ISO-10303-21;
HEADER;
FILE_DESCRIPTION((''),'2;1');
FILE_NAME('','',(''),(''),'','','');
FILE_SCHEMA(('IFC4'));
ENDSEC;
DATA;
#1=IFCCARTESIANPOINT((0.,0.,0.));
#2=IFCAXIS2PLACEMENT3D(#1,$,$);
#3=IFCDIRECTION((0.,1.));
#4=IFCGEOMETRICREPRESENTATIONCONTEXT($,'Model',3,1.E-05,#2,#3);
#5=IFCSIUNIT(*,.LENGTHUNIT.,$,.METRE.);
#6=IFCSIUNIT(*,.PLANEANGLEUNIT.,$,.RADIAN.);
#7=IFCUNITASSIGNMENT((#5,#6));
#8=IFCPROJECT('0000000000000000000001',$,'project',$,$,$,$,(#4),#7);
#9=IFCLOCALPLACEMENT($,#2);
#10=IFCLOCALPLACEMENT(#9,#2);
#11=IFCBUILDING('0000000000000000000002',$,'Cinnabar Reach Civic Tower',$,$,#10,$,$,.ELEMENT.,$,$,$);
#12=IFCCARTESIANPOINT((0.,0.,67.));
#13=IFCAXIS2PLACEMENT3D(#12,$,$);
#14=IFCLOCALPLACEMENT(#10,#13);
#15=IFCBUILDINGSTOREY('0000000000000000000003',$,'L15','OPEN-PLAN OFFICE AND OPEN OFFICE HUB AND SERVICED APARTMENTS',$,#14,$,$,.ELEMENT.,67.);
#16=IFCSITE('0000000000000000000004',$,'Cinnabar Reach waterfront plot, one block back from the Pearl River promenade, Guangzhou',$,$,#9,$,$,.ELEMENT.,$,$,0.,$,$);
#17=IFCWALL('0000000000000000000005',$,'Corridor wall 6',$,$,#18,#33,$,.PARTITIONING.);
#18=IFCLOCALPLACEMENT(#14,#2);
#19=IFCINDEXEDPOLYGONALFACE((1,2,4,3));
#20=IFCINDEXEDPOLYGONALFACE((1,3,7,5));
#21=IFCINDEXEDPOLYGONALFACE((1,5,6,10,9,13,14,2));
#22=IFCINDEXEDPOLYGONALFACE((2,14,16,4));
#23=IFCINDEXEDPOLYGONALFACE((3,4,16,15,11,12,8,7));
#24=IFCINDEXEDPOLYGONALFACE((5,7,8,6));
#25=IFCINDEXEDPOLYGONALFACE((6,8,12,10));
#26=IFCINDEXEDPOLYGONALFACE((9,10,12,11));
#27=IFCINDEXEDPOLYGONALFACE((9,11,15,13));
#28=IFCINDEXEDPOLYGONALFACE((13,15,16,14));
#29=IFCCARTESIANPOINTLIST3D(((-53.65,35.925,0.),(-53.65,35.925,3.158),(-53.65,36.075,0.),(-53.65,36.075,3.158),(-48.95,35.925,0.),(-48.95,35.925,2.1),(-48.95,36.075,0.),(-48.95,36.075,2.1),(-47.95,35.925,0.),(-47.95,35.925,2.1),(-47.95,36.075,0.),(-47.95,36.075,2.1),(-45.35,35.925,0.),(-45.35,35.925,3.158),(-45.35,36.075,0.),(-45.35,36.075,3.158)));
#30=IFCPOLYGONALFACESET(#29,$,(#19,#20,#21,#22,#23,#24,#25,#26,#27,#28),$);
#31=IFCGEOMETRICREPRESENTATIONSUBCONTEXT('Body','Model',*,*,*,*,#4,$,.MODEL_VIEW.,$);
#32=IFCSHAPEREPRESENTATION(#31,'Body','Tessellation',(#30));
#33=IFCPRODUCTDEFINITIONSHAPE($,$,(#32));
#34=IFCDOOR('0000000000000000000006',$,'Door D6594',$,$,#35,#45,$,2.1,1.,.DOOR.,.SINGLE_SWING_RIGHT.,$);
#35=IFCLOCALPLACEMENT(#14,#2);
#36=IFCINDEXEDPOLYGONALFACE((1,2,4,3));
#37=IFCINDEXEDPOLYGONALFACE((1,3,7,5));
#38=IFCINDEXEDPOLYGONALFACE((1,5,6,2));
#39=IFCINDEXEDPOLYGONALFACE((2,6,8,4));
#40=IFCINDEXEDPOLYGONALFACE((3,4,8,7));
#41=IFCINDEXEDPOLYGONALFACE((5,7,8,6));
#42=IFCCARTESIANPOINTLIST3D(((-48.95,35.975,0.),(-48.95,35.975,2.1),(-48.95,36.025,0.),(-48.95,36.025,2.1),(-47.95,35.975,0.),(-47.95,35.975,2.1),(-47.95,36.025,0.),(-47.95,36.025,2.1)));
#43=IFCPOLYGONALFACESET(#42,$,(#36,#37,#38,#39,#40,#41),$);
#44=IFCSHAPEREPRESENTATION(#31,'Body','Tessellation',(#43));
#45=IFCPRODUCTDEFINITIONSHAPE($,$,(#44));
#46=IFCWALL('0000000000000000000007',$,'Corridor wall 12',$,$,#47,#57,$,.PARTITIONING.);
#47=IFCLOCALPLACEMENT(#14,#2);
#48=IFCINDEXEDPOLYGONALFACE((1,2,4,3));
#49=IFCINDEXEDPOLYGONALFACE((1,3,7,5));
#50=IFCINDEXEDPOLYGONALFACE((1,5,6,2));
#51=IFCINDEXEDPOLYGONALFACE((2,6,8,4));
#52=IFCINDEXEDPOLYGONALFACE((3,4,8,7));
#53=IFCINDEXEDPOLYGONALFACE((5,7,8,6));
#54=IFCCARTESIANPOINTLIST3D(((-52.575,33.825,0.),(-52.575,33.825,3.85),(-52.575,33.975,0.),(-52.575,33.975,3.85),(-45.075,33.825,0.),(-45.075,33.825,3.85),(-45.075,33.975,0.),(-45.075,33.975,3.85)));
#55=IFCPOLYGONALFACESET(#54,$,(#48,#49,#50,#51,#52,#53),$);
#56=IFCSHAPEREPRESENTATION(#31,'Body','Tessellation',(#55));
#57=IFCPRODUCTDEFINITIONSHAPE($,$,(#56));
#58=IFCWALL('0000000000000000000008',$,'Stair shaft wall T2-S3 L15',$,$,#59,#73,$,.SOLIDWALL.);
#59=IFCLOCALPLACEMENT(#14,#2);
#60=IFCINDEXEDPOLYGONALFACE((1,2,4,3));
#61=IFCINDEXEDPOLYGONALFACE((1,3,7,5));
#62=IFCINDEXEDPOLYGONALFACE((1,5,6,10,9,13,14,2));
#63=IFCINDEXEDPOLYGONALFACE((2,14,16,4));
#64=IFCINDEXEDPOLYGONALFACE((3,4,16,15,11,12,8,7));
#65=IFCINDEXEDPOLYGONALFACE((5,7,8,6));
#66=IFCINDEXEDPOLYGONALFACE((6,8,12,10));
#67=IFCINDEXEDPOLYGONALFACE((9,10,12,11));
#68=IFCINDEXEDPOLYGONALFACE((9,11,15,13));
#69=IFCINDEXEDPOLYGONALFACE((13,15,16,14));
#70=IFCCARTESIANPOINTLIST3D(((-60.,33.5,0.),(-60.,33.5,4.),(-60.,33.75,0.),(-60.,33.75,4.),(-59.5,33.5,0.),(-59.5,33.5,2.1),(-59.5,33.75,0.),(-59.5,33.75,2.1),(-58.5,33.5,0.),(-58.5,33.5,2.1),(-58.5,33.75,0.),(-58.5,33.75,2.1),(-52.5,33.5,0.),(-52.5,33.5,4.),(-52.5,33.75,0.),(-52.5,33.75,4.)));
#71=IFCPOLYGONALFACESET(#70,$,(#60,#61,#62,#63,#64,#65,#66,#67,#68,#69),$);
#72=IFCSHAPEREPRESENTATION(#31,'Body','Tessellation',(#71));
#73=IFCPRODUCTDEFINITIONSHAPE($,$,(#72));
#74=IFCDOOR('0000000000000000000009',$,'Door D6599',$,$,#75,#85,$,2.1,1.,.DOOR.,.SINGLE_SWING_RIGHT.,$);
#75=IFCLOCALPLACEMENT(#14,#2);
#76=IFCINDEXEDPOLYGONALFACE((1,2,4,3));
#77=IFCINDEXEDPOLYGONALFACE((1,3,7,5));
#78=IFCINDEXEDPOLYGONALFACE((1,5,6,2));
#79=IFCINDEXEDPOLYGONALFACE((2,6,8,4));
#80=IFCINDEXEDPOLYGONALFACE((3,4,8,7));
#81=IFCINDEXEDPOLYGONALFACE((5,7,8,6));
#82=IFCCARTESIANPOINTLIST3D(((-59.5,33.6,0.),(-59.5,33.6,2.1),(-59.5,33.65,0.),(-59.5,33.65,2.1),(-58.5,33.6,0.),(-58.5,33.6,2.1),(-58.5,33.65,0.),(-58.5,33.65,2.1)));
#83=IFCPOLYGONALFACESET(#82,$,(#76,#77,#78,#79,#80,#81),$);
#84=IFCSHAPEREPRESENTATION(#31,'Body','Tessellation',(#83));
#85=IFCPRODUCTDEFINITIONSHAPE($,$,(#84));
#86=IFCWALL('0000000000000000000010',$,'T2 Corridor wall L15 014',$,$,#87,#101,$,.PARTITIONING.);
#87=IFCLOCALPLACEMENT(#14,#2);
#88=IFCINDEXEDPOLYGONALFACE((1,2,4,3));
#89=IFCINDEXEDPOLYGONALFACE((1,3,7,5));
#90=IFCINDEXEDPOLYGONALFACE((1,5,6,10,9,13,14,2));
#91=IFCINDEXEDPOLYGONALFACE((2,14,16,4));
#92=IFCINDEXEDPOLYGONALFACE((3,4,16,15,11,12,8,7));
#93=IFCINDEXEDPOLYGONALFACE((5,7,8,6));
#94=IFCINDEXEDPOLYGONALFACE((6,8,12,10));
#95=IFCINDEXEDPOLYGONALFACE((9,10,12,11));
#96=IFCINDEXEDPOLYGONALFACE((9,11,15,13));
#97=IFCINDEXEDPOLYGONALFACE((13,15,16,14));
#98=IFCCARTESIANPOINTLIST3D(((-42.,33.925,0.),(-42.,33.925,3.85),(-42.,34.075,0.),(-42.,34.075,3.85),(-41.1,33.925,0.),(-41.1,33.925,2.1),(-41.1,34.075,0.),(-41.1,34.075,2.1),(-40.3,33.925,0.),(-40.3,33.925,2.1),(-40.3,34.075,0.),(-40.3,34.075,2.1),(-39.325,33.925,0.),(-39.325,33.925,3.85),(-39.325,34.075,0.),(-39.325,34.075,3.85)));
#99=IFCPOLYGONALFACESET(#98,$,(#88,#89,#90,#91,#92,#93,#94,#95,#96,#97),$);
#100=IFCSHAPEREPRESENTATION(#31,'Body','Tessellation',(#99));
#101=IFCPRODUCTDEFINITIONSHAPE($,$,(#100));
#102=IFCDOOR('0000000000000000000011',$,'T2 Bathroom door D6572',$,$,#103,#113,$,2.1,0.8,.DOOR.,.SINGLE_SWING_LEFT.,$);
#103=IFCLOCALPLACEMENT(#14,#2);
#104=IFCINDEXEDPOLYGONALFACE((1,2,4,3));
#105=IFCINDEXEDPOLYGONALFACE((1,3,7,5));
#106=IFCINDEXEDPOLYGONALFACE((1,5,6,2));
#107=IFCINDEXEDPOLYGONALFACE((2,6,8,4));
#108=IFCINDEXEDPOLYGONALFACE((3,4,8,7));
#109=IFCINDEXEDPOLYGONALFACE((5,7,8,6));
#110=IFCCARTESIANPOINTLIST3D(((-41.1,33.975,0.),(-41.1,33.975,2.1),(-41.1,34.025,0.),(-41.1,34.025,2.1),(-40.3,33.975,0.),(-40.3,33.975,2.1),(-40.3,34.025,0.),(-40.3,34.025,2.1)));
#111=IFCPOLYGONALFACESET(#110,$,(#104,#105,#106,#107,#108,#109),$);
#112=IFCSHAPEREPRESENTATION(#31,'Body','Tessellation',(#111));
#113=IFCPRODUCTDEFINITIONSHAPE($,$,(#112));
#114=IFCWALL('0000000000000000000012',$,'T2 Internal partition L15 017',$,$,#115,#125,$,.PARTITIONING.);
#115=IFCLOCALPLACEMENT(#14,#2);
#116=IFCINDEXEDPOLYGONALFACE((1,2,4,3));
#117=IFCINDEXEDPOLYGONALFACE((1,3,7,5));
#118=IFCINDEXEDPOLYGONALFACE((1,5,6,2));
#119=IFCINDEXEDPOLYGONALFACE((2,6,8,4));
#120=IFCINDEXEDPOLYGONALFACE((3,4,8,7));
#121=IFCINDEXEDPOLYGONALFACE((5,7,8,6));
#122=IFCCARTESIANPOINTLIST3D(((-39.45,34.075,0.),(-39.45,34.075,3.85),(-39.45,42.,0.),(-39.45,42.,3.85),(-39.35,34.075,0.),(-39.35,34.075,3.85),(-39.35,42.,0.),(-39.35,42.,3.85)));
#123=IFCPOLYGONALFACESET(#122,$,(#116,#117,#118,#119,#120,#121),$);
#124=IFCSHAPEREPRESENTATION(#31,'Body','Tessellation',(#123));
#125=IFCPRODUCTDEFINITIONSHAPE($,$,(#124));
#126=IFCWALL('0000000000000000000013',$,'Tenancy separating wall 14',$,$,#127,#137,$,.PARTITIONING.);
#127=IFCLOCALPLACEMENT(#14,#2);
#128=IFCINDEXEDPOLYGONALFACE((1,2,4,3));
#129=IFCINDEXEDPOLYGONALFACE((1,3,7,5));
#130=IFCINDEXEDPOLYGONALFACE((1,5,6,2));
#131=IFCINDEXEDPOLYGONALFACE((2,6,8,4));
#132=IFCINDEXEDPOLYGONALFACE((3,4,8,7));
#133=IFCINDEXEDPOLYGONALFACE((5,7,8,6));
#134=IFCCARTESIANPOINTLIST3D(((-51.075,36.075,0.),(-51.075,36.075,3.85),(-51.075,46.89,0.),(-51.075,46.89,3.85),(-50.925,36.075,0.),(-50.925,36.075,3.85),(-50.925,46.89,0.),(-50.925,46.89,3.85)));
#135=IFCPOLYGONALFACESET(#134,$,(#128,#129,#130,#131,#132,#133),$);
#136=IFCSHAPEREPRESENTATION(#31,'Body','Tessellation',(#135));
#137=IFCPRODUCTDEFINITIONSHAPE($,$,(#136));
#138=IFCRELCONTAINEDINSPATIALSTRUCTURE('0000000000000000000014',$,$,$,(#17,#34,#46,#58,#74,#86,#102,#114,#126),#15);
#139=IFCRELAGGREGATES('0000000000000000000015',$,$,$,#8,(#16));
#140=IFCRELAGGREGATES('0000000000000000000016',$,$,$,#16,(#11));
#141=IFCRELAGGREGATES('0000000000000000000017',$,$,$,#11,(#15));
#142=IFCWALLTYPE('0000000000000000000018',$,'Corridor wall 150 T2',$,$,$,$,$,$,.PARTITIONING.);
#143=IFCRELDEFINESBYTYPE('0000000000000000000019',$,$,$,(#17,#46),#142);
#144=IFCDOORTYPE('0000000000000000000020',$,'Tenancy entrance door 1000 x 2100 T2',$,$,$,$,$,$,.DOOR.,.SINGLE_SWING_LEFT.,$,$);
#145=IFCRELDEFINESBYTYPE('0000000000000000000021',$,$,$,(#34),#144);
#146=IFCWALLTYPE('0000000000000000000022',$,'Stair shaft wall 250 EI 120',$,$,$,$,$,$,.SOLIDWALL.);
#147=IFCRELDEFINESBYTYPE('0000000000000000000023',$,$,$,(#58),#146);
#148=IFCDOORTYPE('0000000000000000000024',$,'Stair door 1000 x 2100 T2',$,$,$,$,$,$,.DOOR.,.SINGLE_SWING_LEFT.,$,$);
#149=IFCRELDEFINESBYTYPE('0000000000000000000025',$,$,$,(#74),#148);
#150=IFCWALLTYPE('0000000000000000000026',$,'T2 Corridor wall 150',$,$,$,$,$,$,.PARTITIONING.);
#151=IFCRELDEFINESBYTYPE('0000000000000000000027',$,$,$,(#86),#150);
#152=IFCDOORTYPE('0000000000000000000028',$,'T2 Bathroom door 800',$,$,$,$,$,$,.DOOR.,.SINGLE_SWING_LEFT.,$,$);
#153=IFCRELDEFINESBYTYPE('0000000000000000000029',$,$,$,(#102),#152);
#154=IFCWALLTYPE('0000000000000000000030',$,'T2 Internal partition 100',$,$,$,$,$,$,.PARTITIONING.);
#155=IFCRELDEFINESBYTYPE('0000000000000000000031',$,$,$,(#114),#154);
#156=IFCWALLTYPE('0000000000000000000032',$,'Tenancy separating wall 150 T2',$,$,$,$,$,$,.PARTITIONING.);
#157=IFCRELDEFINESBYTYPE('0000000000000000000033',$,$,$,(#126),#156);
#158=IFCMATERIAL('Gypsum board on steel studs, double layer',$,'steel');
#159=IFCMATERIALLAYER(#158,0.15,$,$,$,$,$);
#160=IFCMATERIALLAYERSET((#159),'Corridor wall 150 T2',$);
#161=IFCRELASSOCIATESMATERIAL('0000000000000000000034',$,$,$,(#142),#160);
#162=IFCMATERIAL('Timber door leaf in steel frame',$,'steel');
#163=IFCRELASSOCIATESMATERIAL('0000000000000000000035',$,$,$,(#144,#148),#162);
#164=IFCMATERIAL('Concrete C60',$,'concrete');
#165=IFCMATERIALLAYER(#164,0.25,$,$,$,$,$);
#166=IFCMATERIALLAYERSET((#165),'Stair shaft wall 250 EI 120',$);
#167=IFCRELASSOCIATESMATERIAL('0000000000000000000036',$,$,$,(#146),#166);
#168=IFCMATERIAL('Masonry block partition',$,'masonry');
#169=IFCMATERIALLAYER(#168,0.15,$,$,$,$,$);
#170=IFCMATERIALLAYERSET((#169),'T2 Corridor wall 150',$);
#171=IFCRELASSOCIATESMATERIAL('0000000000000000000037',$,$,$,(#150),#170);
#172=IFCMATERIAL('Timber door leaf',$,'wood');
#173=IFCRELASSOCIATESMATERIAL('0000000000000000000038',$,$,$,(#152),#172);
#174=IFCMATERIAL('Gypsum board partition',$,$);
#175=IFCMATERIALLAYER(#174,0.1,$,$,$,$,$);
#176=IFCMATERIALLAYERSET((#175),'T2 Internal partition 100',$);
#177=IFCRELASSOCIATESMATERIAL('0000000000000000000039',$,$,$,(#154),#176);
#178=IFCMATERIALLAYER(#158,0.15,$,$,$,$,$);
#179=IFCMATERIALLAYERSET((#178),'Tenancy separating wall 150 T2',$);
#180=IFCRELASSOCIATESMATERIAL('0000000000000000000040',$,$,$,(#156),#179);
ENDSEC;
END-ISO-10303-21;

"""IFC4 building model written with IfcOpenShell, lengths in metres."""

from ifc_helpers import new_model, si_unit, direction, frame, frame_2d, origin, place, context, subcontext, project, spatial, rectangle, extrude, material, layer, layer_set, type_object, element, fill, save


model = new_model("IFC4")

# Units and contexts
model_context = context("Model", 3, precision=1e-05, world=origin(), true_north=direction((0.0, 1.0)))
body_context = subcontext(model_context, "Body", "Model", "MODEL_VIEW")
ifc_project = project(units=[si_unit("LENGTHUNIT", "METRE"), si_unit("PLANEANGLEUNIT", "RADIAN")], contexts=[model_context])

# Site, building, storey
site_placement = place(None, origin())
site = spatial("IfcSite", under=ifc_project, at=site_placement, Name="Cinnabar Reach waterfront plot, one block back from the Pearl River promenade, Guangzhou", CompositionType="ELEMENT", RefElevation=0.0)
building_placement = place(site_placement, origin())
building = spatial("IfcBuilding", under=site, at=building_placement, Name="Cinnabar Reach Civic Tower", CompositionType="ELEMENT")
storey_placement = place(building_placement, frame((0.0, 0.0, 67.0)))
storey = spatial("IfcBuildingStorey", under=building, at=storey_placement, Name="L15", Description="OPEN-PLAN OFFICE AND OPEN OFFICE HUB AND SERVICED APARTMENTS", CompositionType="ELEMENT", Elevation=67.0)

# Shared definitions
ifc_material_1 = material(Name="Concrete C60", Category="concrete")

# Wall, opening, door
ifc_material_2 = material(Name="Gypsum board on steel studs, double layer", Category="steel")
ifc_layer_1 = layer(ifc_material_2, 0.15)
ifc_layer_set_1 = layer_set([ifc_layer_1], Name="Corridor wall 150 T2")
wall_type_1 = type_object("IfcWallType", Name="Corridor wall 150 T2", PredefinedType="PARTITIONING", material=ifc_layer_set_1)
ifc_material_3 = material(Name="Timber door leaf in steel frame", Category="steel")
wall_1_placement = place(storey_placement, frame((-53.65, 36.0, 0.0), z_axis=(0.0, 0.0, 1.0), x_axis=(1.0, 0.0, 0.0)))
wall_1 = element("IfcWall", 1, at=wall_1_placement, inside=storey, type_object=wall_type_1, Name="Corridor wall 6", PredefinedType="PARTITIONING", context=body_context, shape_type="SweptSolid", body=[
    extrude(rectangle(XDim=8.3, YDim=0.15, at=frame_2d((4.15, 0.0))), origin(), (0.0, 0.0, 1.0), 3.158),
])
opening_1_placement = place(wall_1_placement, frame((4.7, 0.0, 0.0)))
opening_1 = element("IfcOpeningElement", 2, at=opening_1_placement, cuts=wall_1, PredefinedType="OPENING", context=body_context, shape_type="SweptSolid", body=[
    extrude(rectangle(XDim=1.0, YDim=2.1, at=frame_2d((0.5, 1.05))), frame((0.0, 0.085, 0.0), z_axis=(0.0, -1.0, 0.0), x_axis=(1.0, 0.0, 0.0)), (0.0, 0.0, 1.0), 0.17),
])
door_type_1 = type_object("IfcDoorType", Name="Tenancy entrance door 1000 x 2100 T2", OperationType="SINGLE_SWING_LEFT", PredefinedType="DOOR", material=ifc_material_3)
door_1_placement = place(opening_1_placement, origin())
door_1 = element("IfcDoor", 3, at=door_1_placement, inside=storey, type_object=door_type_1, Name="Door D6594", OperationType="SINGLE_SWING_RIGHT", OverallHeight=2.1, OverallWidth=1.0, PredefinedType="DOOR", context=body_context, shape_type="SweptSolid", body=[
    extrude(rectangle(XDim=1.0, YDim=2.1, at=frame_2d((0.5, 1.05))), frame((0.0, 0.025, 0.0), z_axis=(0.0, -1.0, 0.0), x_axis=(1.0, 0.0, 0.0)), (0.0, 0.0, 1.0), 0.05),
])
fill(opening_1, door_1)

# Wall
wall_2_placement = place(storey_placement, frame((-52.575, 33.9, 0.0), z_axis=(0.0, 0.0, 1.0), x_axis=(1.0, 0.0, 0.0)))
element("IfcWall", 4, at=wall_2_placement, inside=storey, type_object=wall_type_1, Name="Corridor wall 12", PredefinedType="PARTITIONING", context=body_context, shape_type="SweptSolid", body=[
    extrude(rectangle(XDim=7.5, YDim=0.15, at=frame_2d((3.75, 0.0))), origin(), (0.0, 0.0, 1.0), 3.85),
])

# Walls, openings, doors
ifc_layer_2 = layer(ifc_material_1, 0.25)
ifc_layer_set_2 = layer_set([ifc_layer_2], Name="Stair shaft wall 250 EI 120")
wall_type_2 = type_object("IfcWallType", Name="Stair shaft wall 250 EI 120", PredefinedType="SOLIDWALL", material=ifc_layer_set_2)
wall_3_placement = place(storey_placement, frame((-52.5, 33.625, 0.0), z_axis=(0.0, 0.0, 1.0), x_axis=(-1.0, 0.0, 0.0)))
wall_3 = element("IfcWall", 5, at=wall_3_placement, inside=storey, type_object=wall_type_2, Name="Stair shaft wall T2-S3 L15", PredefinedType="SOLIDWALL", context=body_context, shape_type="SweptSolid", body=[
    extrude(rectangle(XDim=7.5, YDim=0.25, at=frame_2d((3.75, 0.0))), origin(), (0.0, 0.0, 1.0), 4.0),
])
opening_2_placement = place(wall_3_placement, frame((6.0, 0.0, 0.0)))
opening_2 = element("IfcOpeningElement", 6, at=opening_2_placement, cuts=wall_3, PredefinedType="OPENING", context=body_context, shape_type="SweptSolid", body=[
    extrude(rectangle(XDim=1.0, YDim=2.1, at=frame_2d((0.5, 1.05))), frame((0.0, 0.135, 0.0), z_axis=(0.0, -1.0, 0.0), x_axis=(1.0, 0.0, 0.0)), (0.0, 0.0, 1.0), 0.27),
])
door_type_2 = type_object("IfcDoorType", Name="Stair door 1000 x 2100 T2", OperationType="SINGLE_SWING_LEFT", PredefinedType="DOOR", material=ifc_material_3)
door_2_placement = place(opening_2_placement, origin())
door_2 = element("IfcDoor", 7, at=door_2_placement, inside=storey, type_object=door_type_2, Name="Door D6599", OperationType="SINGLE_SWING_RIGHT", OverallHeight=2.1, OverallWidth=1.0, PredefinedType="DOOR", context=body_context, shape_type="SweptSolid", body=[
    extrude(rectangle(XDim=1.0, YDim=2.1, at=frame_2d((0.5, 1.05))), frame((0.0, 0.025, 0.0), z_axis=(0.0, -1.0, 0.0), x_axis=(1.0, 0.0, 0.0)), (0.0, 0.0, 1.0), 0.05),
])
fill(opening_2, door_2)
ifc_material_4 = material(Name="Masonry block partition", Category="masonry")
ifc_layer_3 = layer(ifc_material_4, 0.15)
ifc_layer_set_3 = layer_set([ifc_layer_3], Name="T2 Corridor wall 150")
wall_type_3 = type_object("IfcWallType", Name="T2 Corridor wall 150", PredefinedType="PARTITIONING", material=ifc_layer_set_3)
wall_4_placement = place(storey_placement, frame((-39.325, 34.0, 0.0), z_axis=(0.0, 0.0, 1.0), x_axis=(-1.0, 0.0, 0.0)))
wall_4 = element("IfcWall", 8, at=wall_4_placement, inside=storey, type_object=wall_type_3, Name="T2 Corridor wall L15 014", PredefinedType="PARTITIONING", context=body_context, shape_type="SweptSolid", body=[
    extrude(rectangle(XDim=2.675, YDim=0.15, at=frame_2d((1.3375, 0.0))), origin(), (0.0, 0.0, 1.0), 3.85),
])
opening_3_placement = place(wall_4_placement, frame((0.975, 0.0, 0.0)))
opening_3 = element("IfcOpeningElement", 9, at=opening_3_placement, cuts=wall_4, PredefinedType="OPENING", context=body_context, shape_type="SweptSolid", body=[
    extrude(rectangle(XDim=0.8, YDim=2.1, at=frame_2d((0.4, 1.05))), frame((0.0, 0.085, 0.0), z_axis=(0.0, -1.0, 0.0), x_axis=(1.0, 0.0, 0.0)), (0.0, 0.0, 1.0), 0.17),
])
ifc_material_5 = material(Name="Timber door leaf", Category="wood")
door_type_3 = type_object("IfcDoorType", Name="T2 Bathroom door 800", OperationType="SINGLE_SWING_LEFT", PredefinedType="DOOR", material=ifc_material_5)
door_3_placement = place(opening_3_placement, frame((0.8, 0.0, 0.0), z_axis=(0.0, 0.0, 1.0), x_axis=(-1.0, 0.0, 0.0)))
door_3 = element("IfcDoor", 10, at=door_3_placement, inside=storey, type_object=door_type_3, Name="T2 Bathroom door D6572", OperationType="SINGLE_SWING_LEFT", OverallHeight=2.1, OverallWidth=0.8, PredefinedType="DOOR", context=body_context, shape_type="SweptSolid", body=[
    extrude(rectangle(XDim=0.8, YDim=2.1, at=frame_2d((0.4, 1.05))), frame((0.0, 0.025, 0.0), z_axis=(0.0, -1.0, 0.0), x_axis=(1.0, 0.0, 0.0)), (0.0, 0.0, 1.0), 0.05),
])
fill(opening_3, door_3)

# Walls
ifc_material_6 = material(Name="Gypsum board partition")
ifc_layer_4 = layer(ifc_material_6, 0.1)
ifc_layer_set_4 = layer_set([ifc_layer_4], Name="T2 Internal partition 100")
wall_type_4 = type_object("IfcWallType", Name="T2 Internal partition 100", PredefinedType="PARTITIONING", material=ifc_layer_set_4)
wall_5_placement = place(storey_placement, frame((-39.4, 34.075, 0.0), z_axis=(0.0, 0.0, 1.0), x_axis=(0.0, 1.0, 0.0)))
element("IfcWall", 11, at=wall_5_placement, inside=storey, type_object=wall_type_4, Name="T2 Internal partition L15 017", PredefinedType="PARTITIONING", context=body_context, shape_type="SweptSolid", body=[
    extrude(rectangle(XDim=7.925, YDim=0.1, at=frame_2d((3.9625, 0.0))), origin(), (0.0, 0.0, 1.0), 3.85),
])
ifc_layer_5 = layer(ifc_material_2, 0.15)
ifc_layer_set_5 = layer_set([ifc_layer_5], Name="Tenancy separating wall 150 T2")
wall_type_5 = type_object("IfcWallType", Name="Tenancy separating wall 150 T2", PredefinedType="PARTITIONING", material=ifc_layer_set_5)
wall_6_placement = place(storey_placement, frame((-51.0, 36.075, 0.0), z_axis=(0.0, 0.0, 1.0), x_axis=(0.0, 1.0, 0.0)))
element("IfcWall", 12, at=wall_6_placement, inside=storey, type_object=wall_type_5, Name="Tenancy separating wall 14", PredefinedType="PARTITIONING", context=body_context, shape_type="SweptSolid", body=[
    extrude(rectangle(XDim=10.815, YDim=0.15, at=frame_2d((5.4075, 0.0))), origin(), (0.0, 0.0, 1.0), 3.85),
])

save(model, "model.ifc")
